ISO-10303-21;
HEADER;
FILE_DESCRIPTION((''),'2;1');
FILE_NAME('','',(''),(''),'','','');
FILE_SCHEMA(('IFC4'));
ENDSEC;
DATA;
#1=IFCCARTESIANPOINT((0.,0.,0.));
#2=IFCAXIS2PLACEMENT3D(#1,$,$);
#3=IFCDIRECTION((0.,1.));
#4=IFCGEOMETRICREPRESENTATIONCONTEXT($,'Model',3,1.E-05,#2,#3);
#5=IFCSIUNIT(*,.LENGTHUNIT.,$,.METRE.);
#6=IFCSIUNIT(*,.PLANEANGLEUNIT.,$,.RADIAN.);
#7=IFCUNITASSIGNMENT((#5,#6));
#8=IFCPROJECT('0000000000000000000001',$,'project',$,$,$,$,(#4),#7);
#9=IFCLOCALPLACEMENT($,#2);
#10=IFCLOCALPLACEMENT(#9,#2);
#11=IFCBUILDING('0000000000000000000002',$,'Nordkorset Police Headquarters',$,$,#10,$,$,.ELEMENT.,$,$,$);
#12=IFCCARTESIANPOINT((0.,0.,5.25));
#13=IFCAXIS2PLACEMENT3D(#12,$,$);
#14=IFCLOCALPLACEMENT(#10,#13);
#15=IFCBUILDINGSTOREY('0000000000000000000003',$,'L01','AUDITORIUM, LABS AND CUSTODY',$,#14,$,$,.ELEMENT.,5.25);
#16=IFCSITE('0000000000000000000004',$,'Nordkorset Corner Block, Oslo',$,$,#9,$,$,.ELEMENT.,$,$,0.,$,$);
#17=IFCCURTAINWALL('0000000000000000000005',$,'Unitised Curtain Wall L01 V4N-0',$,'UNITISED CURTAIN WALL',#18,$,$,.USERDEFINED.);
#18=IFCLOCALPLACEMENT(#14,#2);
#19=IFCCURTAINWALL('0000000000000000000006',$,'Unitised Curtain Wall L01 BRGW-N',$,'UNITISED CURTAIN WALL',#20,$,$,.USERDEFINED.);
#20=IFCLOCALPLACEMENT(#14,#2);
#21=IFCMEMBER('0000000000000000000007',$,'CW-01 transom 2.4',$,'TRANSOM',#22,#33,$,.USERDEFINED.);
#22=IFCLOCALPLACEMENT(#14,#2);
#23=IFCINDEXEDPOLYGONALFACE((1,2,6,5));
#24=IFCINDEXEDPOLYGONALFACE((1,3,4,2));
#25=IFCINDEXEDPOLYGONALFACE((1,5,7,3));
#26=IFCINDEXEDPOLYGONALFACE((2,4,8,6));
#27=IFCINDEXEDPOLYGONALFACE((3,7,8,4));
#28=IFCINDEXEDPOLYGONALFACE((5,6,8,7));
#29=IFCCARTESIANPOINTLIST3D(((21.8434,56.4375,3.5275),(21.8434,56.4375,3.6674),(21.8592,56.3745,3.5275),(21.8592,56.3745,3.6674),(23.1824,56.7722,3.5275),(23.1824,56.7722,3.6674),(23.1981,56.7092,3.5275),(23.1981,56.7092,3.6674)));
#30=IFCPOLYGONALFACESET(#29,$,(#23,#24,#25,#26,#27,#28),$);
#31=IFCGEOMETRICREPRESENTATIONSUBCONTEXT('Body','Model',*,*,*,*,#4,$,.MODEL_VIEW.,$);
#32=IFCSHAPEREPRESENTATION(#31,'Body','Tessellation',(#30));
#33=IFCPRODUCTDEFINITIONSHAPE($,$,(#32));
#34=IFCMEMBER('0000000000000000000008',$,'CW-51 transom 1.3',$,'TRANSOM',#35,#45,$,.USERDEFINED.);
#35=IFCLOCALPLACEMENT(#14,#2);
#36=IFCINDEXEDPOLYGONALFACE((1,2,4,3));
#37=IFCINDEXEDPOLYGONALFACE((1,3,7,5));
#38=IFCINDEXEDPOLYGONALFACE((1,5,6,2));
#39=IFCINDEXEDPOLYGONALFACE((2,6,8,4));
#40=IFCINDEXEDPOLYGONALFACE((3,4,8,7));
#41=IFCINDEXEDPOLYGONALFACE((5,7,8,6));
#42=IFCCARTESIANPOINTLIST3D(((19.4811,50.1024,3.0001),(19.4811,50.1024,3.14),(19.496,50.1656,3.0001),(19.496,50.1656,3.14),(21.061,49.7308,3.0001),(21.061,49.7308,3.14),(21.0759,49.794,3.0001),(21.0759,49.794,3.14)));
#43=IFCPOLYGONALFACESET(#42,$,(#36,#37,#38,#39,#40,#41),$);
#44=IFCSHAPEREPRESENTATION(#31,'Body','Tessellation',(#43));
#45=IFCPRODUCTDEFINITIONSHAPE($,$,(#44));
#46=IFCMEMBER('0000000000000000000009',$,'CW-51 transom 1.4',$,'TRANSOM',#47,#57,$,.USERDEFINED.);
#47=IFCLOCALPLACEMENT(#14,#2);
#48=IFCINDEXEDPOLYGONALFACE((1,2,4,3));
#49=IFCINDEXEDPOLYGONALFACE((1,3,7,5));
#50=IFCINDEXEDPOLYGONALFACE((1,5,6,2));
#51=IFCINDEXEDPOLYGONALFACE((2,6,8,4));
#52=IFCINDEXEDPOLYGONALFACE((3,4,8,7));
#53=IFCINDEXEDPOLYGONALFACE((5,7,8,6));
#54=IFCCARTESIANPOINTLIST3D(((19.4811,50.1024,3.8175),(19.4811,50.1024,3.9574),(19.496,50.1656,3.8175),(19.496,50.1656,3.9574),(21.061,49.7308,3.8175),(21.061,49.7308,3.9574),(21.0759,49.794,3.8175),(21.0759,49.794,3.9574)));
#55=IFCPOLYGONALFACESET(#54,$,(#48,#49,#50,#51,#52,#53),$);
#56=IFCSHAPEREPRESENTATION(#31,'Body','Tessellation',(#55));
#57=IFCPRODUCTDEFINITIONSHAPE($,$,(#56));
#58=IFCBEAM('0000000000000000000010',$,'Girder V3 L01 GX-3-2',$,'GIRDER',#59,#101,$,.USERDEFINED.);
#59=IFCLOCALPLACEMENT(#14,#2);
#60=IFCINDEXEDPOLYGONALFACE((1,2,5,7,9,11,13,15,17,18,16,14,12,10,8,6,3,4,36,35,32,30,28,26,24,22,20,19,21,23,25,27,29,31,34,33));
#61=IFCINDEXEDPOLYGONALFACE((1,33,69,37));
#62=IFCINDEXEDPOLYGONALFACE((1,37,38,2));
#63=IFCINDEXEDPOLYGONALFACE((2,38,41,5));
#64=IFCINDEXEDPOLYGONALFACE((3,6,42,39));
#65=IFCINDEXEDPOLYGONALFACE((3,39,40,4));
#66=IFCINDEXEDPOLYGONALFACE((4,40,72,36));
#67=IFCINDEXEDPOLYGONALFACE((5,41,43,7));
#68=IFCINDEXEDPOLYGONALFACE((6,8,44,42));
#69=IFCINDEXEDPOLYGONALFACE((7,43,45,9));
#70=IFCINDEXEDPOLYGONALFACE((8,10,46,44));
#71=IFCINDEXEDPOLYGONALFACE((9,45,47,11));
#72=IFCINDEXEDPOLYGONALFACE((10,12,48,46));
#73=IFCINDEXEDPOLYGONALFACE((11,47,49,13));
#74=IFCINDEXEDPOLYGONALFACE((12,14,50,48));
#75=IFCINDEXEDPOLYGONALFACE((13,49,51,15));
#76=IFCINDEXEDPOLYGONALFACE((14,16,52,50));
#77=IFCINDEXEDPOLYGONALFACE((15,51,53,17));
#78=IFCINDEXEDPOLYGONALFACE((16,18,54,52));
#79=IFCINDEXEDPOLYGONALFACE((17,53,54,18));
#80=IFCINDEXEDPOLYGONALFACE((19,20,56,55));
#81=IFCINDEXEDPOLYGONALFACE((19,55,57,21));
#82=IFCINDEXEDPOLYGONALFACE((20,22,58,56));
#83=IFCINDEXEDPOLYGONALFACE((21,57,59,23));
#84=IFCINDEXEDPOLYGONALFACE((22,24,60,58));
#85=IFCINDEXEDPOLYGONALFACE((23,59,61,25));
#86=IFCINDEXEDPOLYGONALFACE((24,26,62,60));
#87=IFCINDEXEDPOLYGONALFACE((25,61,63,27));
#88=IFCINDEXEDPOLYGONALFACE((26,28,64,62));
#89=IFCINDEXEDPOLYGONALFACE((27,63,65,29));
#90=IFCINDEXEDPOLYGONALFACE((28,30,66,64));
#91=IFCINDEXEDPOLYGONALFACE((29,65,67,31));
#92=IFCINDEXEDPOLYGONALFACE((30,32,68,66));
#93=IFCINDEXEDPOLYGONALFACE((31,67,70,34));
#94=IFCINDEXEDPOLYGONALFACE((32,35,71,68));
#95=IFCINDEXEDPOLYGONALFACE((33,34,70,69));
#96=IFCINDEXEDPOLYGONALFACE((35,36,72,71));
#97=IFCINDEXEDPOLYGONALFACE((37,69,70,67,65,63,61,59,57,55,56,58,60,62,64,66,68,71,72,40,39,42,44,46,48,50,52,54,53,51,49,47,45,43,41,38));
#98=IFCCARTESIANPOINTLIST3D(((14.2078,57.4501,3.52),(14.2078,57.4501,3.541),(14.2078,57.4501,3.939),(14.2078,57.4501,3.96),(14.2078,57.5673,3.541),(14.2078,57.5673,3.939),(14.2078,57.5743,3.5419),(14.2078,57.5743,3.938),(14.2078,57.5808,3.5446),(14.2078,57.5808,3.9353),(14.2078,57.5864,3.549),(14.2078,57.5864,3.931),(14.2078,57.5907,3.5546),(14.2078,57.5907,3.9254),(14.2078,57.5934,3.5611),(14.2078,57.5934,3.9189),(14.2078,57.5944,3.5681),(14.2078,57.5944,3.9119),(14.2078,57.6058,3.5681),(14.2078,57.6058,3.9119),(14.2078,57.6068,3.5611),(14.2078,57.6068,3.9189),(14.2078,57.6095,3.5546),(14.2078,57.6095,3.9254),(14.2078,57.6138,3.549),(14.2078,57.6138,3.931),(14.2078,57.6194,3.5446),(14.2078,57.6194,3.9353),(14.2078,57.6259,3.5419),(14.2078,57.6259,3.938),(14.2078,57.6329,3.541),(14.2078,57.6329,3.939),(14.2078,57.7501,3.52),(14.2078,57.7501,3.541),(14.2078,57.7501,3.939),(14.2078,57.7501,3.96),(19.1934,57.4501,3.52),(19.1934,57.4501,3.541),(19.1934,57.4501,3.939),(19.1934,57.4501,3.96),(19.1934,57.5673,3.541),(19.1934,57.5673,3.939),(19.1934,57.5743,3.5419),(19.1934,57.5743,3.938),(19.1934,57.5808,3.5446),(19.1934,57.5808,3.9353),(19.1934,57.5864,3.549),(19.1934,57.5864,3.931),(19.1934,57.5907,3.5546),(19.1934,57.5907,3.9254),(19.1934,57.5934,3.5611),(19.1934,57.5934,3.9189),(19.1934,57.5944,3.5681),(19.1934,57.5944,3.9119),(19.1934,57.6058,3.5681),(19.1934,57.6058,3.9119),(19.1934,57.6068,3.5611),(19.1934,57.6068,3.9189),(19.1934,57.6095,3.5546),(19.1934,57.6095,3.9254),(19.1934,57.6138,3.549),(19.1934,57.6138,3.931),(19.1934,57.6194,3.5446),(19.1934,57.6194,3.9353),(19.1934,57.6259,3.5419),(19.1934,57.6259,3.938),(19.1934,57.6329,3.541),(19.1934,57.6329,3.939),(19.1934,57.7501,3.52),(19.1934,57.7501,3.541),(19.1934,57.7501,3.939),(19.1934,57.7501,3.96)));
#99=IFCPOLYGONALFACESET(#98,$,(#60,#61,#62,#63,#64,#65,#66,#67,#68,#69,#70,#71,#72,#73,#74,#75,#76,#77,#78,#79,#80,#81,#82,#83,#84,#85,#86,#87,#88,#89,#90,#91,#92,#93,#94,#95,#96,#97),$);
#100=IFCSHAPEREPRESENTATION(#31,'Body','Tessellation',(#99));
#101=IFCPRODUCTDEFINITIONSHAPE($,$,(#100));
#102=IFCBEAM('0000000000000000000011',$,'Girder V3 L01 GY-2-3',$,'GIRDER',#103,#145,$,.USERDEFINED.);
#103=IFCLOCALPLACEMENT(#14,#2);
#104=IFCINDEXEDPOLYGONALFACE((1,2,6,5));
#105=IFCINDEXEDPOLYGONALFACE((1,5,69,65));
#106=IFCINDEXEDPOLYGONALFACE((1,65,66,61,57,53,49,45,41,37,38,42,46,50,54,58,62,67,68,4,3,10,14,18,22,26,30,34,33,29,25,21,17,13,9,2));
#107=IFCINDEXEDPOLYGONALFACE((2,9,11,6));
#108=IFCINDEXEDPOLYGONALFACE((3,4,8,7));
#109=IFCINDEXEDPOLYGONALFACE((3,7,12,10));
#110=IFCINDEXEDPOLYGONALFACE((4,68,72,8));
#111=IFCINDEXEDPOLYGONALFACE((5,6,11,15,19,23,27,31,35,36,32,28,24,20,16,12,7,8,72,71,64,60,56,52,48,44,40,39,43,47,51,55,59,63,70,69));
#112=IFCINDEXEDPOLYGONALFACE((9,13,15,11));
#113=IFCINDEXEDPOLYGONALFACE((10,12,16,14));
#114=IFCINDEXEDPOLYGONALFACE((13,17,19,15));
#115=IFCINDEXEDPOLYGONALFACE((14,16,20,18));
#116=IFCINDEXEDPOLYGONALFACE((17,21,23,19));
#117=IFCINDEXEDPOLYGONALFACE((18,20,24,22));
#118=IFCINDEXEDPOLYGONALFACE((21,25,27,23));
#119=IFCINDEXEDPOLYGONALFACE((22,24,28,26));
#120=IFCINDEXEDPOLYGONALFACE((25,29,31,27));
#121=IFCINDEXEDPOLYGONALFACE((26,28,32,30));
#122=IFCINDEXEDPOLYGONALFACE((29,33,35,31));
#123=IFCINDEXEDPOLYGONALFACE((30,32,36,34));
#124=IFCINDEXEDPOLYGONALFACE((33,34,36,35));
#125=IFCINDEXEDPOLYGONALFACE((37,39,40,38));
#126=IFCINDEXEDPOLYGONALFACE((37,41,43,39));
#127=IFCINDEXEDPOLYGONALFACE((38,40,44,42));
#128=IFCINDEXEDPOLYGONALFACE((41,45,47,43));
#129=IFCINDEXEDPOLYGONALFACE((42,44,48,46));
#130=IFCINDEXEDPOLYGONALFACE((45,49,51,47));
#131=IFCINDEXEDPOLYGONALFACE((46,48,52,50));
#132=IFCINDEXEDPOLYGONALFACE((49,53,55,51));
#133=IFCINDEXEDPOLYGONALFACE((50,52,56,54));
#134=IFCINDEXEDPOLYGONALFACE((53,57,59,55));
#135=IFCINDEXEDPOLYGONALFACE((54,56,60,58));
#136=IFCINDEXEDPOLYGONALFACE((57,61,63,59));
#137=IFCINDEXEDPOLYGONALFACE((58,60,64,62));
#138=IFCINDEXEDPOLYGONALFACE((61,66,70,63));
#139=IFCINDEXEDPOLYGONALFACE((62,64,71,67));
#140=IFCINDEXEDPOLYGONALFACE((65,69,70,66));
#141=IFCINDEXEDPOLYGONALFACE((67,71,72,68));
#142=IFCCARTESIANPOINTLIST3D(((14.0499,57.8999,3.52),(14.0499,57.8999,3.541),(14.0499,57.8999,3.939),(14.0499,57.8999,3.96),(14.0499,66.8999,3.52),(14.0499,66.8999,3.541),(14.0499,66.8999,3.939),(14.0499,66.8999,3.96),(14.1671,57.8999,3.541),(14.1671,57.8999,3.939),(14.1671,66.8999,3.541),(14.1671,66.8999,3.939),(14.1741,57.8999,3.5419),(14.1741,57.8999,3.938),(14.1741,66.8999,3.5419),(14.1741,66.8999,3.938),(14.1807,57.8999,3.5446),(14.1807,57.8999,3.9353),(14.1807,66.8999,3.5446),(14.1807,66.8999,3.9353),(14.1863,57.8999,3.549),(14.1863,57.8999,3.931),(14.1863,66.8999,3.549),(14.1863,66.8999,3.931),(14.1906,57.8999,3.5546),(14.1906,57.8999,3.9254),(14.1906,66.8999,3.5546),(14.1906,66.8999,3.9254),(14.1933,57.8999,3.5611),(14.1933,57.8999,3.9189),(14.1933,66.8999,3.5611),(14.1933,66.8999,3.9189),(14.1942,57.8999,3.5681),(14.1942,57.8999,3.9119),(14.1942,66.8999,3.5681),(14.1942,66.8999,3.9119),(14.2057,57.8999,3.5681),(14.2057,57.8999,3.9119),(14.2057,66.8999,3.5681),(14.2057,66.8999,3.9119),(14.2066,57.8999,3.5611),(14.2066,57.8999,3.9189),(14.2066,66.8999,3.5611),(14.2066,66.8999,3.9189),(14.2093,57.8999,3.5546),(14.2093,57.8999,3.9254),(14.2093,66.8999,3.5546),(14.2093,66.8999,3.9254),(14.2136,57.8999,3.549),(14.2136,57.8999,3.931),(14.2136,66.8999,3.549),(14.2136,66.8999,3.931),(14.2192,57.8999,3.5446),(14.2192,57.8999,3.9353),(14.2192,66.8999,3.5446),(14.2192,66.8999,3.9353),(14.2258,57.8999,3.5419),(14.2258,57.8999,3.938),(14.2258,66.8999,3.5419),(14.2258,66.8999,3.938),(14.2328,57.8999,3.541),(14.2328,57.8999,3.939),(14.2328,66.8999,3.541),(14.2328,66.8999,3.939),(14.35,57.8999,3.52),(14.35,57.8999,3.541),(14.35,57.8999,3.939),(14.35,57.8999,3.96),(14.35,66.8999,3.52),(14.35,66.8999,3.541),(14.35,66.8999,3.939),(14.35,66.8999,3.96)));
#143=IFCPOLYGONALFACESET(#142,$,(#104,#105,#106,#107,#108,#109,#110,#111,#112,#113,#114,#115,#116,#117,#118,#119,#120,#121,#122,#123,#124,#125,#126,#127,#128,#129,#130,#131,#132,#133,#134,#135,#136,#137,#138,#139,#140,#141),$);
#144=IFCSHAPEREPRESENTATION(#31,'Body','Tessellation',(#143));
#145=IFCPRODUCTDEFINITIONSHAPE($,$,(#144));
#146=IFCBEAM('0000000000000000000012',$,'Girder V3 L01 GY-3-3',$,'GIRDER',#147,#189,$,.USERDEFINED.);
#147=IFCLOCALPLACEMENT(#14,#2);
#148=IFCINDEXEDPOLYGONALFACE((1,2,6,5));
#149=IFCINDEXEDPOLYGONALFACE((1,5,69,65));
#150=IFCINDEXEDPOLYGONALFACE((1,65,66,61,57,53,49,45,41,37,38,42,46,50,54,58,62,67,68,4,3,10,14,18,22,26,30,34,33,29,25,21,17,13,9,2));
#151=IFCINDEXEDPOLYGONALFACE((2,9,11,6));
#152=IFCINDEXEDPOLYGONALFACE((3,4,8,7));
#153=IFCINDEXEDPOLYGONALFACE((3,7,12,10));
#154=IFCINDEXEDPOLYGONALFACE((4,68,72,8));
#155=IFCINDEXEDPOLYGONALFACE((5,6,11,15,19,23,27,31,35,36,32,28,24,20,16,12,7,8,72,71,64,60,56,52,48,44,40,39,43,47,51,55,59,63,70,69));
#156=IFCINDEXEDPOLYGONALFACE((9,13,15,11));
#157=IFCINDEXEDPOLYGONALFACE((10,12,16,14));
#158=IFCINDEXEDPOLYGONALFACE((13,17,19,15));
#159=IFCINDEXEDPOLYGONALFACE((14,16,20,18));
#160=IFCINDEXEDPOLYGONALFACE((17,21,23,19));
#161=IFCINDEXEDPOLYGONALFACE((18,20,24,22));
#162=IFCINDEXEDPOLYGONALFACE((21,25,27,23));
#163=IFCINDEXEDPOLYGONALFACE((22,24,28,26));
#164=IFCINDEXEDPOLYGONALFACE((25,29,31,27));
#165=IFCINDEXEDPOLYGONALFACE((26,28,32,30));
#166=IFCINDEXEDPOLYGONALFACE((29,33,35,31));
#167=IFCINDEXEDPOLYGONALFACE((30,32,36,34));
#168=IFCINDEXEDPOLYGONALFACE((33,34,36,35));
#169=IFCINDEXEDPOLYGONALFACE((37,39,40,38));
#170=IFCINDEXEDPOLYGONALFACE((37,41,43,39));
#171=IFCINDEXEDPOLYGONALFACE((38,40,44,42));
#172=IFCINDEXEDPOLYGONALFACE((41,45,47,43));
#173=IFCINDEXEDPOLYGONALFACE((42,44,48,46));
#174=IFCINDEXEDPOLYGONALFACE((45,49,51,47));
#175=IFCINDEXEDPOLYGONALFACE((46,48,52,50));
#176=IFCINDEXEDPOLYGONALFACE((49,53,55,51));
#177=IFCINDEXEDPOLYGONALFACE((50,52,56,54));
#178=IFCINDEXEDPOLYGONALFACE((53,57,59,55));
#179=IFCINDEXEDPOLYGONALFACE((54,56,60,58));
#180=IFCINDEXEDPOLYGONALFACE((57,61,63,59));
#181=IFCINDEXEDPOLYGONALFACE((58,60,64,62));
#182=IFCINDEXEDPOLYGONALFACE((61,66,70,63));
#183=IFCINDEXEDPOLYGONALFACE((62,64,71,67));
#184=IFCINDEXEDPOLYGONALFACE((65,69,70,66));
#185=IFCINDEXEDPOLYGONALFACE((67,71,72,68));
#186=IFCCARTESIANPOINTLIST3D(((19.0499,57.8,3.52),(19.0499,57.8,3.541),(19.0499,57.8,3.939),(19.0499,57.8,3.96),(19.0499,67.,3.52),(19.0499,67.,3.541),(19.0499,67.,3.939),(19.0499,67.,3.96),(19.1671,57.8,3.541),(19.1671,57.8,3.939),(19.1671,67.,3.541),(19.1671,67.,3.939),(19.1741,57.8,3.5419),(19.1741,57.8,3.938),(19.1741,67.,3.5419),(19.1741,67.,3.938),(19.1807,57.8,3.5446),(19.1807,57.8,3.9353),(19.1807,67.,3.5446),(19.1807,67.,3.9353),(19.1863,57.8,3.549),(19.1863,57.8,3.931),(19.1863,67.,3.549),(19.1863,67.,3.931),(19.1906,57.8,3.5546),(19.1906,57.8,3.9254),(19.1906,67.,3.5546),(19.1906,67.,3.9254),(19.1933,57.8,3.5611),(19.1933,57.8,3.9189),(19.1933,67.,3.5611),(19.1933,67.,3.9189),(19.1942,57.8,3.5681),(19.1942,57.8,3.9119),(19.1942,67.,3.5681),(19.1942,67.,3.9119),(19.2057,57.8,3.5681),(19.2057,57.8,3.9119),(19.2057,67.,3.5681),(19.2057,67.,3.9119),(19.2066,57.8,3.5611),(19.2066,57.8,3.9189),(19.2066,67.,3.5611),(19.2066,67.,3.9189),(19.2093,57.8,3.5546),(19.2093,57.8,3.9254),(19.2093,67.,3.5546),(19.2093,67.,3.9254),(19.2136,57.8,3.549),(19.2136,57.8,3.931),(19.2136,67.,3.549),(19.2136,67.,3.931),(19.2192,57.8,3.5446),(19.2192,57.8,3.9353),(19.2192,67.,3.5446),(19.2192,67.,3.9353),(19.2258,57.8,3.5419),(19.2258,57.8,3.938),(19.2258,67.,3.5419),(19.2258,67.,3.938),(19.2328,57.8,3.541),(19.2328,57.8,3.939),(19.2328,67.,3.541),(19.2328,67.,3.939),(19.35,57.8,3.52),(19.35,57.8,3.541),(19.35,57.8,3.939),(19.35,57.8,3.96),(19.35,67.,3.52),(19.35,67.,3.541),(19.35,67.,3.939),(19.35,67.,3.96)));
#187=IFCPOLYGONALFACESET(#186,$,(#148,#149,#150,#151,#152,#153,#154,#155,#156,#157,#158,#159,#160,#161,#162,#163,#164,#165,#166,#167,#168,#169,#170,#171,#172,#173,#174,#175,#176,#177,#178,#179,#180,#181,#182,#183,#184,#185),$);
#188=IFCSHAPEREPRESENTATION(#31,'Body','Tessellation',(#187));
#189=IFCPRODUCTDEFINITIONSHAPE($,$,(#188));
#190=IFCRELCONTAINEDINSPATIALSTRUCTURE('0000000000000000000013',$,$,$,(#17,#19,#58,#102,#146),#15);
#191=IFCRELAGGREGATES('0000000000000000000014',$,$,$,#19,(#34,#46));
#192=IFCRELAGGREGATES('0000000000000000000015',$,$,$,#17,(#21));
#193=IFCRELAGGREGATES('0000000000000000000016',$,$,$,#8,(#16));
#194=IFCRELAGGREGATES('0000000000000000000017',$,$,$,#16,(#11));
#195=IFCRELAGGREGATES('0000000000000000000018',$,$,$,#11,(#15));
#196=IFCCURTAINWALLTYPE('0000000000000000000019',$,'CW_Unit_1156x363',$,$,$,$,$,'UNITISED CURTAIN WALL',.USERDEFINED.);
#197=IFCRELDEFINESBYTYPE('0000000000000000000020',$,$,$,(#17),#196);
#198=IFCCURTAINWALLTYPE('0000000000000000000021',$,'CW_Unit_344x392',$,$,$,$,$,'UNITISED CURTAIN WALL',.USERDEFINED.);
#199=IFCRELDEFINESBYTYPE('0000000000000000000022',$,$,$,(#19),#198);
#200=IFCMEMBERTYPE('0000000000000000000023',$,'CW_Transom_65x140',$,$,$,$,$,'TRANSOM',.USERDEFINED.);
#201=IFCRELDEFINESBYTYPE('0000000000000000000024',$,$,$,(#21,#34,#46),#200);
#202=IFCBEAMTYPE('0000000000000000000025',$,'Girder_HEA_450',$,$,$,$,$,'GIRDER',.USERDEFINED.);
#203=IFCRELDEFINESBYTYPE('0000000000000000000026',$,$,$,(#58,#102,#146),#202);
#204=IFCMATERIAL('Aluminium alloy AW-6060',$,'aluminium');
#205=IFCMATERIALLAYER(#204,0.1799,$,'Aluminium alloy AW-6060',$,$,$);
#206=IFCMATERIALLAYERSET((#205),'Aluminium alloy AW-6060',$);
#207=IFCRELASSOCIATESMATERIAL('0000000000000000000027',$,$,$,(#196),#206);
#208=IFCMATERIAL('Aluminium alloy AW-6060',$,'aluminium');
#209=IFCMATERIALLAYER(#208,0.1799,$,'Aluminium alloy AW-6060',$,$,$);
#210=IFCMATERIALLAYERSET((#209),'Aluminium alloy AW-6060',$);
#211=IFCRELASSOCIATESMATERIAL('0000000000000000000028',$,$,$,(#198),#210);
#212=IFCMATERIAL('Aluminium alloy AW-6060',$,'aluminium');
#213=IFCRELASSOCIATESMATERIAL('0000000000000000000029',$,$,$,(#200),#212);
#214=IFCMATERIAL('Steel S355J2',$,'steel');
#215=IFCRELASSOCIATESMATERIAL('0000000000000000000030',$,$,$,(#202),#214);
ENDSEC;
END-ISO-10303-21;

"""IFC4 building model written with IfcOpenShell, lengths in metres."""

from ifc_helpers import new_model, si_unit, direction, frame, origin, origin_2d, place, context, subcontext, project, spatial, rectangle, i_section, extrude, material, layer, layer_set, material_profile, profile_set, type_object, element, aggregate, save


model = new_model("IFC4")

# Units and contexts
model_context = context("Model", 3, precision=1e-05, world=origin(), true_north=direction((0.0, 1.0)))
body_context = subcontext(model_context, "Body", "Model", "MODEL_VIEW")
ifc_project = project(units=[si_unit("LENGTHUNIT", "METRE"), si_unit("PLANEANGLEUNIT", "RADIAN")], contexts=[model_context])

# Site, building, storey
site_placement = place(None, origin())
site = spatial("IfcSite", under=ifc_project, at=site_placement, Name="Nordkorset Corner Block, Oslo", CompositionType="ELEMENT", RefElevation=0.0)
building_placement = place(site_placement, origin())
building = spatial("IfcBuilding", under=site, at=building_placement, Name="Nordkorset Police Headquarters", CompositionType="ELEMENT")
storey_placement = place(building_placement, frame((0.0, 0.0, 5.25)))
storey = spatial("IfcBuildingStorey", under=building, at=storey_placement, Name="L01", Description="AUDITORIUM, LABS AND CUSTODY", CompositionType="ELEMENT", Elevation=5.25)

# Curtain wall
ifc_material_1 = material(Name="Aluminium alloy AW-6060", Category="aluminium")
ifc_layer_1 = layer(ifc_material_1, 0.1799, Name="Aluminium alloy AW-6060")
ifc_layer_set_1 = layer_set([ifc_layer_1], Name="Aluminium alloy AW-6060")
curtain_wall_type_1 = type_object("IfcCurtainWallType", Name="CW_Unit_1156x363", ElementType="UNITISED CURTAIN WALL", PredefinedType="USERDEFINED", material=ifc_layer_set_1)
curtain_wall_1_placement = place(storey_placement, origin())
curtain_wall_1 = element("IfcCurtainWall", 1, at=curtain_wall_1_placement, inside=storey, type_object=curtain_wall_type_1, Name="Unitised Curtain Wall L01 V4N-0", ObjectType="UNITISED CURTAIN WALL", PredefinedType="USERDEFINED")

# Curtain wall
ifc_material_2 = material(Name="Aluminium alloy AW-6060", Category="aluminium")
ifc_layer_2 = layer(ifc_material_2, 0.1799, Name="Aluminium alloy AW-6060")
ifc_layer_set_2 = layer_set([ifc_layer_2], Name="Aluminium alloy AW-6060")
curtain_wall_type_2 = type_object("IfcCurtainWallType", Name="CW_Unit_344x392", ElementType="UNITISED CURTAIN WALL", PredefinedType="USERDEFINED", material=ifc_layer_set_2)
curtain_wall_2_placement = place(storey_placement, origin())
curtain_wall_2 = element("IfcCurtainWall", 2, at=curtain_wall_2_placement, inside=storey, type_object=curtain_wall_type_2, Name="Unitised Curtain Wall L01 BRGW-N", ObjectType="UNITISED CURTAIN WALL", PredefinedType="USERDEFINED")

# Members
ifc_material_3 = material(Name="Aluminium alloy AW-6060", Category="aluminium")
ifc_material_profile_1 = material_profile(ifc_material_3, rectangle(XDim=0.0649, YDim=0.1399, at=origin_2d()), Name="ALU TRAN 65x140")
ifc_profile_set_1 = profile_set([ifc_material_profile_1], Name="Aluminium alloy AW-6060")
member_type_1 = type_object("IfcMemberType", Name="CW_Transom_65x140", ElementType="TRANSOM", PredefinedType="USERDEFINED", material=ifc_profile_set_1)
member_1_placement = place(storey_placement, frame((21.8513, 56.406, 3.5974), z_axis=(0.970143, 0.242536, 0.0), x_axis=(-0.242536, 0.970143, 0.0)))
member_1 = element("IfcMember", 3, at=member_1_placement, type_object=member_type_1, Name="CW-01 transom 2.4", ObjectType="TRANSOM", PredefinedType="USERDEFINED", context=body_context, shape_type="SweptSolid", body=[
    extrude(rectangle(XDim=0.0649, YDim=0.1399, at=origin_2d()), origin(), (0.0, 0.0, 1.0), 1.3801),
])
member_2_placement = place(storey_placement, frame((19.4885, 50.134, 3.0701), z_axis=(0.973437, -0.228955, 0.0), x_axis=(0.228955, 0.973437, 0.0)))
member_2 = element("IfcMember", 4, at=member_2_placement, type_object=member_type_1, Name="CW-51 transom 1.3", ObjectType="TRANSOM", PredefinedType="USERDEFINED", context=body_context, shape_type="SweptSolid", body=[
    extrude(rectangle(XDim=0.0649, YDim=0.1399, at=origin_2d()), origin(), (0.0, 0.0, 1.0), 1.623),
])
member_3_placement = place(storey_placement, frame((19.4885, 50.134, 3.8875), z_axis=(0.973437, -0.228955, 0.0), x_axis=(0.228955, 0.973437, 0.0)))
member_3 = element("IfcMember", 5, at=member_3_placement, type_object=member_type_1, Name="CW-51 transom 1.4", ObjectType="TRANSOM", PredefinedType="USERDEFINED", context=body_context, shape_type="SweptSolid", body=[
    extrude(rectangle(XDim=0.0649, YDim=0.1399, at=origin_2d()), origin(), (0.0, 0.0, 1.0), 1.623),
])
aggregate(curtain_wall_2, [member_2, member_3])

# Beams
ifc_material_4 = material(Name="Steel S355J2", Category="steel")
ifc_material_profile_2 = material_profile(ifc_material_4, i_section(OverallWidth=0.3, OverallDepth=0.4399, WebThickness=0.0115, FlangeThickness=0.021, FilletRadius=0.0271, at=origin_2d()), Name="HEA 450")
ifc_profile_set_2 = profile_set([ifc_material_profile_2], Name="Steel S355J2")
beam_type_1 = type_object("IfcBeamType", Name="Girder_HEA_450", ElementType="GIRDER", PredefinedType="USERDEFINED", material=ifc_profile_set_2)
beam_1_placement = place(storey_placement, frame((14.2078, 57.6001, 3.74), z_axis=(1.0, 0.0, 0.0), x_axis=(0.0, 1.0, 0.0)))
element("IfcBeam", 6, at=beam_1_placement, inside=storey, type_object=beam_type_1, Name="Girder V3 L01 GX-3-2", ObjectType="GIRDER", PredefinedType="USERDEFINED", context=body_context, shape_type="SweptSolid", body=[
    extrude(i_section(OverallWidth=0.3, OverallDepth=0.4399, WebThickness=0.0115, FlangeThickness=0.021, FilletRadius=0.0271, at=origin_2d()), origin(), (0.0, 0.0, 1.0), 4.9856),
])
beam_2_placement = place(storey_placement, frame((14.2, 57.8999, 3.74), z_axis=(0.0, 1.0, 0.0), x_axis=(-1.0, 0.0, 0.0)))
element("IfcBeam", 7, at=beam_2_placement, inside=storey, type_object=beam_type_1, Name="Girder V3 L01 GY-2-3", ObjectType="GIRDER", PredefinedType="USERDEFINED", context=body_context, shape_type="SweptSolid", body=[
    extrude(i_section(OverallWidth=0.3, OverallDepth=0.4399, WebThickness=0.0115, FlangeThickness=0.021, FilletRadius=0.0271, at=origin_2d()), origin(), (0.0, 0.0, 1.0), 9.0),
])
beam_3_placement = place(storey_placement, frame((19.2, 57.8, 3.74), z_axis=(0.0, 1.0, 0.0), x_axis=(-1.0, 0.0, 0.0)))
element("IfcBeam", 8, at=beam_3_placement, inside=storey, type_object=beam_type_1, Name="Girder V3 L01 GY-3-3", ObjectType="GIRDER", PredefinedType="USERDEFINED", context=body_context, shape_type="SweptSolid", body=[
    extrude(i_section(OverallWidth=0.3, OverallDepth=0.4399, WebThickness=0.0115, FlangeThickness=0.021, FilletRadius=0.0271, at=origin_2d()), origin(), (0.0, 0.0, 1.0), 9.2),
])

aggregate(curtain_wall_1, [member_1])

save(model, "model.ifc")
